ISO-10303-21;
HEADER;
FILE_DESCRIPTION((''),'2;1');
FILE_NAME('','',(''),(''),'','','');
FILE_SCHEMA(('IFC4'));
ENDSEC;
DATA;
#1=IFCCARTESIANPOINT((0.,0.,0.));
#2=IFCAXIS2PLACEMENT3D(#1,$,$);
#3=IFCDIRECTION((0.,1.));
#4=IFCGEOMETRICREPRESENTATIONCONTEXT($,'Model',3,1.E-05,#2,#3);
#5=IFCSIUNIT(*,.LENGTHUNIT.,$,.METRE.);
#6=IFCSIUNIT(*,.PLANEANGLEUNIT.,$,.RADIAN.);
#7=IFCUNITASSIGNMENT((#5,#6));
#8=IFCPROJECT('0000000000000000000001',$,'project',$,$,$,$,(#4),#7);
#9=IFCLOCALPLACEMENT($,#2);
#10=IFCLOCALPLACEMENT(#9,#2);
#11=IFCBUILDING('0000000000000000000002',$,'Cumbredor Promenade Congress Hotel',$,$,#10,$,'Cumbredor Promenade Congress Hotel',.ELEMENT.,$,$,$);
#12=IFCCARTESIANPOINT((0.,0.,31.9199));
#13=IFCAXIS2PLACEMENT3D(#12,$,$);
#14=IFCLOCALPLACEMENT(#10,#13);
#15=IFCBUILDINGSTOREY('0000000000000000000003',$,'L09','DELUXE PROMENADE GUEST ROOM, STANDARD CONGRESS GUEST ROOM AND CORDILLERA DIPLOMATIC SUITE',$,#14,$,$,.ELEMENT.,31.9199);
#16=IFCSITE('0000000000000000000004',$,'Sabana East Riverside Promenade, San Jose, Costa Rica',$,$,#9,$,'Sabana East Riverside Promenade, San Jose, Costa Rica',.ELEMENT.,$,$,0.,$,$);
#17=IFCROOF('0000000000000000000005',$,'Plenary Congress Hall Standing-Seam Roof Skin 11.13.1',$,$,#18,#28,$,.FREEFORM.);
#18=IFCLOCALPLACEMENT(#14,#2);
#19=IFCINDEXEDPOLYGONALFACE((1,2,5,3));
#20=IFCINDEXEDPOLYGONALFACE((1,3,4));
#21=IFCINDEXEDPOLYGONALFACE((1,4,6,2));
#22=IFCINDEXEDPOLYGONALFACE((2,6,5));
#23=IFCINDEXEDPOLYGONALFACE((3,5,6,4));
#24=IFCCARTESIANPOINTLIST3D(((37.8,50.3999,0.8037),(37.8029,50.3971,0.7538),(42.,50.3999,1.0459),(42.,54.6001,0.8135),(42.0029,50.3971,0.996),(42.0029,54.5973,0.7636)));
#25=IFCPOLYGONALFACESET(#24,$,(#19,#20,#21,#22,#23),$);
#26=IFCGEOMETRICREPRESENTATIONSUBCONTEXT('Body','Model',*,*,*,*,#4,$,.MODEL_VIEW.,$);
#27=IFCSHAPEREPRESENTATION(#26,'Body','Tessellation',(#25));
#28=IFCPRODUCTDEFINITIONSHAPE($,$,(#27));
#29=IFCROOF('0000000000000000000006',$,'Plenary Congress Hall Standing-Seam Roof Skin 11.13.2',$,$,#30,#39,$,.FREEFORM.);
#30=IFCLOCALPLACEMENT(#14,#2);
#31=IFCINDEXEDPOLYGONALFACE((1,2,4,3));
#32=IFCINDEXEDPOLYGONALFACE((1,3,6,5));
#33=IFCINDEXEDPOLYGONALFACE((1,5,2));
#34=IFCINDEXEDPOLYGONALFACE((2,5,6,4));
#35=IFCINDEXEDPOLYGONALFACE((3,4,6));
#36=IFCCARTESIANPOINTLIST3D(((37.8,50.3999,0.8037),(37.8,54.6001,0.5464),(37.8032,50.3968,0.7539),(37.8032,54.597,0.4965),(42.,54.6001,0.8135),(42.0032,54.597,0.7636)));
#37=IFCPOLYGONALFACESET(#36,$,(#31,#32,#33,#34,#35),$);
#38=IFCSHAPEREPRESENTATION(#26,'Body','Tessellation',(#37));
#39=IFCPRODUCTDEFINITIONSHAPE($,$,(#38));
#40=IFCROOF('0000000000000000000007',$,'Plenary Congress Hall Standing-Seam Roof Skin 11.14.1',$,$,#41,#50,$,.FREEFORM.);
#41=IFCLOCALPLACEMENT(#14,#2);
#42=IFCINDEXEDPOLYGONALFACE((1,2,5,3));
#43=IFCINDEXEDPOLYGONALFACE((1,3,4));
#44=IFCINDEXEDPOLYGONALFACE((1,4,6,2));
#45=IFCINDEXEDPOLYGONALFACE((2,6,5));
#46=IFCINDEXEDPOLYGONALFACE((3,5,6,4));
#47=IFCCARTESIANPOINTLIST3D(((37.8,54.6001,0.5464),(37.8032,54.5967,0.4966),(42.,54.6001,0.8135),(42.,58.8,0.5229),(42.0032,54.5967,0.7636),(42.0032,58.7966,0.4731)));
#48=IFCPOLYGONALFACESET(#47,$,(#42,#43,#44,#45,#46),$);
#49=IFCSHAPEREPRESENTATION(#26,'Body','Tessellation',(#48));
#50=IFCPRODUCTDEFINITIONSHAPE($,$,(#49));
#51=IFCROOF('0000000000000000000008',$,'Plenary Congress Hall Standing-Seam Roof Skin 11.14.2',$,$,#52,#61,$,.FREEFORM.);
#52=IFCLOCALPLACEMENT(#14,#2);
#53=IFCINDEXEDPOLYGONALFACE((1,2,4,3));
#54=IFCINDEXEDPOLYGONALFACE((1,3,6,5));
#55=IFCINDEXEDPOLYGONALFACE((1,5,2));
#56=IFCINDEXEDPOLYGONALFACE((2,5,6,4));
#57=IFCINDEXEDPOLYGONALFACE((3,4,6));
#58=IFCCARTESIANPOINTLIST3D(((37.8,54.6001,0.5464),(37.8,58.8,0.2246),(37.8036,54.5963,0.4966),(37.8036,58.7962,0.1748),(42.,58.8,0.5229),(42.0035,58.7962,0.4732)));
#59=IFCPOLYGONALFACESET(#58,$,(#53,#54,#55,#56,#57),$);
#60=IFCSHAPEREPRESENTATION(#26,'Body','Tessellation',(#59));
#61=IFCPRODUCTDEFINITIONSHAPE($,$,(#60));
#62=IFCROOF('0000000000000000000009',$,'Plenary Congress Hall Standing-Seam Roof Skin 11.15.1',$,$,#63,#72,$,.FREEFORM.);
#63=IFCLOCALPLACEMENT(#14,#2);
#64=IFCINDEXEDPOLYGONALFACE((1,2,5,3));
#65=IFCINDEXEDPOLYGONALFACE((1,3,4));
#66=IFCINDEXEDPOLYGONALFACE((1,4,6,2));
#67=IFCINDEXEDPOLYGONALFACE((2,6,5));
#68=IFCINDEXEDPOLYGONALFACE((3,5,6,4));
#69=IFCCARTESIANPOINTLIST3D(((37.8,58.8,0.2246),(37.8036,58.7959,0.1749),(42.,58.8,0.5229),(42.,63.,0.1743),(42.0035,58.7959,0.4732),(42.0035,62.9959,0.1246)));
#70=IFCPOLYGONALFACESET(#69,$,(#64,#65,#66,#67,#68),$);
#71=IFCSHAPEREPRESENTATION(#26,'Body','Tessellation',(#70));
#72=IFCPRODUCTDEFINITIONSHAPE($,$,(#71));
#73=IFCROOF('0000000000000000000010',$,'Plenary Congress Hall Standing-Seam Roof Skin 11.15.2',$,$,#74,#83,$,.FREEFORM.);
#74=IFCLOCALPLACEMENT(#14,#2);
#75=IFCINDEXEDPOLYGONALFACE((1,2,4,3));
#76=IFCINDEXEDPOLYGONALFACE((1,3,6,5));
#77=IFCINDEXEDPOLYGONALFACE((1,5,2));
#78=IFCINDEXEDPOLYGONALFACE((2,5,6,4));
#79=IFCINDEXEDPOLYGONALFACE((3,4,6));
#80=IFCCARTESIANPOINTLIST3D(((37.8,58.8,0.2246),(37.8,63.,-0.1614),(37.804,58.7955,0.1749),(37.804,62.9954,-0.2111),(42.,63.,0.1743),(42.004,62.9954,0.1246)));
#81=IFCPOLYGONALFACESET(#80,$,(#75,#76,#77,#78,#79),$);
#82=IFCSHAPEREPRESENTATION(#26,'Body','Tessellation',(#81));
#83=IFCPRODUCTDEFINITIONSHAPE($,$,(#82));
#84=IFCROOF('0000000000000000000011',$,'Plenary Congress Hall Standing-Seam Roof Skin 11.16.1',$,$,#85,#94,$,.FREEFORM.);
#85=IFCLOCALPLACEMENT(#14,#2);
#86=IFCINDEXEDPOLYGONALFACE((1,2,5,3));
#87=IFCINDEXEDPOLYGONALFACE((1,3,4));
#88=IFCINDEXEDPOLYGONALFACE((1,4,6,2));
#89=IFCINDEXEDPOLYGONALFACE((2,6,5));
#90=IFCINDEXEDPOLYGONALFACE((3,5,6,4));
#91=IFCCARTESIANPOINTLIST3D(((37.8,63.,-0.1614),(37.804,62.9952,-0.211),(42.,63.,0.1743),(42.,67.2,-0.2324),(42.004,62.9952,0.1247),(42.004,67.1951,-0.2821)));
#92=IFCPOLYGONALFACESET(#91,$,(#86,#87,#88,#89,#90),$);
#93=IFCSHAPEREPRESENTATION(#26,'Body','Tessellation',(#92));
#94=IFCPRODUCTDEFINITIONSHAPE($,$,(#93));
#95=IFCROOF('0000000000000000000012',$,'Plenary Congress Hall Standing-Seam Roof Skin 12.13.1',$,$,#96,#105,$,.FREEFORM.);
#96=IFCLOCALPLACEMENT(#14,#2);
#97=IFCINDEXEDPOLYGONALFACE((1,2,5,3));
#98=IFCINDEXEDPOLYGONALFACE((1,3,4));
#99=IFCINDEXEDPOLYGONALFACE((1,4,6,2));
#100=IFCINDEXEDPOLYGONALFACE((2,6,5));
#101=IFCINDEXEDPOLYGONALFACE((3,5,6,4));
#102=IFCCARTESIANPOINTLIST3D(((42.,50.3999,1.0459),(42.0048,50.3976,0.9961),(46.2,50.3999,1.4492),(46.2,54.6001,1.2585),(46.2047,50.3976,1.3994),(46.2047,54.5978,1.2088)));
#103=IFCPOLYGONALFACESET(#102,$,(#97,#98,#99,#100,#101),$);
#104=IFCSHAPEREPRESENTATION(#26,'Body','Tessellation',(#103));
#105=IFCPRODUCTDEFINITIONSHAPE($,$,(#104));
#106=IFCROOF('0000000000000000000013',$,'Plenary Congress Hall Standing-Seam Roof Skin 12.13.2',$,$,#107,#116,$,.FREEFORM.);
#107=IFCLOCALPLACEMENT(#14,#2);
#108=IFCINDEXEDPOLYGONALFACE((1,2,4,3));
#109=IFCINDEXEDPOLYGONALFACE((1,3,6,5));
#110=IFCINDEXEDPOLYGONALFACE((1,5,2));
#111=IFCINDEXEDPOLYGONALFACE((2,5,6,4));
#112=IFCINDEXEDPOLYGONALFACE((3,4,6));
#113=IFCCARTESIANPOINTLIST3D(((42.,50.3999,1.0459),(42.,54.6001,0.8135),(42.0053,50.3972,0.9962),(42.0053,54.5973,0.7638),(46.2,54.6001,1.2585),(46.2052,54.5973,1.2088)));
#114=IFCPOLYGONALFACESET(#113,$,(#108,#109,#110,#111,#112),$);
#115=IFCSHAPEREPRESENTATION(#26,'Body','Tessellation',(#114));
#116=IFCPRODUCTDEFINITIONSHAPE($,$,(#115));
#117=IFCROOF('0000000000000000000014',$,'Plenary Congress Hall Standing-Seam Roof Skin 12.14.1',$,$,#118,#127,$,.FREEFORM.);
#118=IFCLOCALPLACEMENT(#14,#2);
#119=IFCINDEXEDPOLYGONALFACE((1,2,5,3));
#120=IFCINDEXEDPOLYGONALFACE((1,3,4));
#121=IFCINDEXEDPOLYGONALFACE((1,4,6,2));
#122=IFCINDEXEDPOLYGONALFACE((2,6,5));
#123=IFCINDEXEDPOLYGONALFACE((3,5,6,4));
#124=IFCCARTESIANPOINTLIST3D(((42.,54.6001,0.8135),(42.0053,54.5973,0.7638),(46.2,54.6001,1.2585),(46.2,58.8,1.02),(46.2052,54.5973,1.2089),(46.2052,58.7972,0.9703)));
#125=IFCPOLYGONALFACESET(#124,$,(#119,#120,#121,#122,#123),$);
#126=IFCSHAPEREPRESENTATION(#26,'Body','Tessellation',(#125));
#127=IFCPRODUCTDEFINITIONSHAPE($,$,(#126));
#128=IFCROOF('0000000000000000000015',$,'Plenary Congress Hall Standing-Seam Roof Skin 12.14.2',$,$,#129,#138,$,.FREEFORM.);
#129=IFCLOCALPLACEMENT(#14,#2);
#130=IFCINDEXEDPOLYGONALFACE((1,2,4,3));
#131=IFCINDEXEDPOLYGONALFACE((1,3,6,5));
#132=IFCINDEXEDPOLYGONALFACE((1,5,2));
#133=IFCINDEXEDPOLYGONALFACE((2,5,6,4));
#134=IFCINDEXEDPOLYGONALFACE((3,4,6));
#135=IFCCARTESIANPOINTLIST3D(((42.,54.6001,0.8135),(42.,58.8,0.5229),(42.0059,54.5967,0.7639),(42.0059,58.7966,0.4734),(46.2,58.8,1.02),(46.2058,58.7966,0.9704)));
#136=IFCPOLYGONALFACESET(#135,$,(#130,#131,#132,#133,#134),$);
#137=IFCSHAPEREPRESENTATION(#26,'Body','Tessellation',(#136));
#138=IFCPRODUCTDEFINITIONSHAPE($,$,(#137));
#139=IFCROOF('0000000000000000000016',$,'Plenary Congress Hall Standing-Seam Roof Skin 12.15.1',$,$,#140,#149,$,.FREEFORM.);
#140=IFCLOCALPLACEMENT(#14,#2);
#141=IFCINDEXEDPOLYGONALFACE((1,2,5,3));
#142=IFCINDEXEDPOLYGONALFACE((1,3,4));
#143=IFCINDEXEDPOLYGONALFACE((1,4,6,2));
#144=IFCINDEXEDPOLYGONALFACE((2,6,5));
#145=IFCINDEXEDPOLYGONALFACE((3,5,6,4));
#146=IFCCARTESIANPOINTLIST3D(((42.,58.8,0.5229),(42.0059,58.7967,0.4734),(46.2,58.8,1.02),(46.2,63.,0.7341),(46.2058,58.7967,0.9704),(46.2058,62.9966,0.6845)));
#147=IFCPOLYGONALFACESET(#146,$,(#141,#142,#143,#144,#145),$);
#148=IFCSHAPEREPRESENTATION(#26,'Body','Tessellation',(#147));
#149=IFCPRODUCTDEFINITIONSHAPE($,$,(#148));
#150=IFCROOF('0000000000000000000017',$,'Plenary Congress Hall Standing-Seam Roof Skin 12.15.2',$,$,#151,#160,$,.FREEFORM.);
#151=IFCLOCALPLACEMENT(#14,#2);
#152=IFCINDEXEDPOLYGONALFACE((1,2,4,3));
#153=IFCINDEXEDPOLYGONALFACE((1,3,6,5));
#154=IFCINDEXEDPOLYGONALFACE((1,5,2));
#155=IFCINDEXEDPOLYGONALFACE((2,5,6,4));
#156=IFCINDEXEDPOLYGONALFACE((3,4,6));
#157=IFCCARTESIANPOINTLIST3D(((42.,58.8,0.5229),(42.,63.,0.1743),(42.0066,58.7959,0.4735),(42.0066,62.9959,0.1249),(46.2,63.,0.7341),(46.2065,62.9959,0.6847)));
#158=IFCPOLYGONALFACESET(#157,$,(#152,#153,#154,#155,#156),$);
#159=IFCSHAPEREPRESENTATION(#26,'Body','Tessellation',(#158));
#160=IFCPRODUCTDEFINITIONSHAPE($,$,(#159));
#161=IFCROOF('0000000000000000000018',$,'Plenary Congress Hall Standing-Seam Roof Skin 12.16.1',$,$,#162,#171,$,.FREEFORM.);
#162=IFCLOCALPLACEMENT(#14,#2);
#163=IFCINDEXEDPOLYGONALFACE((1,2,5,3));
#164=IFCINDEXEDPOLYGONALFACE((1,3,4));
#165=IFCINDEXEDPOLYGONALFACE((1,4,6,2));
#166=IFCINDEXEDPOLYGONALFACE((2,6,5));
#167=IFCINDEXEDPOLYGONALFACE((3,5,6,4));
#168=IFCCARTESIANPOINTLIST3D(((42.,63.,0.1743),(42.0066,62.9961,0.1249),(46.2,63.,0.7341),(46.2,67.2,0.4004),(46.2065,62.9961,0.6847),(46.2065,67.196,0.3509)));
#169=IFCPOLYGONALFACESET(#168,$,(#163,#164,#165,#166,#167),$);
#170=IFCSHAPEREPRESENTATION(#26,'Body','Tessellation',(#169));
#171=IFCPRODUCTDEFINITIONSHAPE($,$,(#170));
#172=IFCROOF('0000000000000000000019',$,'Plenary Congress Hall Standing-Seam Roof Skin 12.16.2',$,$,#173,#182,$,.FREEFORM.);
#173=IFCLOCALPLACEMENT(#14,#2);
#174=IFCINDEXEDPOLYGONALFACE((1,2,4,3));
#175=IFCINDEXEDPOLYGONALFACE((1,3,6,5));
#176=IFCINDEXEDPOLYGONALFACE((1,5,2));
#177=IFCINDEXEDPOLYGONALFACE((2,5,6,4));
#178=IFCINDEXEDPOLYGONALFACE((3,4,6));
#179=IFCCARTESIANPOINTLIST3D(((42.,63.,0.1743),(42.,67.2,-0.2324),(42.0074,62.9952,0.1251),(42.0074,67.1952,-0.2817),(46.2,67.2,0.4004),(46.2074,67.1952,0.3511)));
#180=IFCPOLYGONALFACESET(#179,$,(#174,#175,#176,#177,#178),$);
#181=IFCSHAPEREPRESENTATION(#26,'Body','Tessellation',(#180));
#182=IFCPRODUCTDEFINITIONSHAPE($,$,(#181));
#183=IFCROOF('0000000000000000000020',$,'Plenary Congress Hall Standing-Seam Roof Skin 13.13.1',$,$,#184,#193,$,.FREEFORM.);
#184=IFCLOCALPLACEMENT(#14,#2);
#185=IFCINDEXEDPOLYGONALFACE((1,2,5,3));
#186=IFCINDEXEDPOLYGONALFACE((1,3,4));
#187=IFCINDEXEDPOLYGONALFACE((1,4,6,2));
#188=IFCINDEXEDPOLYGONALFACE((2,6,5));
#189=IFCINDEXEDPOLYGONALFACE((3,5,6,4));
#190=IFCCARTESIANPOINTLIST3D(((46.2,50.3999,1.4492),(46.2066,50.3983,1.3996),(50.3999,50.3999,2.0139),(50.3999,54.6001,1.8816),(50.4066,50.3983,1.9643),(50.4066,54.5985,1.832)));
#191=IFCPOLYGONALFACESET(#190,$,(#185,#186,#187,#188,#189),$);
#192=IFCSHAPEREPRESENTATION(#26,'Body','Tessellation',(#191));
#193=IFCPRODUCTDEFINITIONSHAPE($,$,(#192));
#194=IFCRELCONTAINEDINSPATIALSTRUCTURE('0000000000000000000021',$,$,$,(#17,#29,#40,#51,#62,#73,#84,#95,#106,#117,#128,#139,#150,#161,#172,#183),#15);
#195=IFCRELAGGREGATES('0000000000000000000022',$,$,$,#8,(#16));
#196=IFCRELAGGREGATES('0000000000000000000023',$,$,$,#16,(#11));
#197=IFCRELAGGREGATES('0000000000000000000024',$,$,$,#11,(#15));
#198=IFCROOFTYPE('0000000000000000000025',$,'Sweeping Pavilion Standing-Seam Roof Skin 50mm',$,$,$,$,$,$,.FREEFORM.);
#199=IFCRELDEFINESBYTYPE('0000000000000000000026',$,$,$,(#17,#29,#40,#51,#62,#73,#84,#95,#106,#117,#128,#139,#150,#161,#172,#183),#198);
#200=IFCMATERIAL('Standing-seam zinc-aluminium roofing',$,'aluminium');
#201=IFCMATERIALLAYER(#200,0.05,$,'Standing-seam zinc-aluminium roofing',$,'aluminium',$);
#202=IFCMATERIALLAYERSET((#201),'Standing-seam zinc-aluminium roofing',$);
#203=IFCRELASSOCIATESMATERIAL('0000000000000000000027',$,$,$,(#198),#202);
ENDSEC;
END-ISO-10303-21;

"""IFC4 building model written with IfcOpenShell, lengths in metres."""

from ifc_helpers import new_model, si_unit, direction, frame, origin, place, context, subcontext, project, spatial, polyline, outline, extrude, material, layer, layer_set, type_object, element, save


model = new_model("IFC4")

# Units and contexts
model_context = context("Model", 3, precision=1e-05, world=origin(), true_north=direction((0.0, 1.0)))
body_context = subcontext(model_context, "Body", "Model", "MODEL_VIEW")
ifc_project = project(units=[si_unit("LENGTHUNIT", "METRE"), si_unit("PLANEANGLEUNIT", "RADIAN")], contexts=[model_context])

# Site, building, storey
site_placement = place(None, origin())
site = spatial("IfcSite", under=ifc_project, at=site_placement, Name="Sabana East Riverside Promenade, San Jose, Costa Rica", LongName="Sabana East Riverside Promenade, San Jose, Costa Rica", CompositionType="ELEMENT", RefElevation=0.0)
building_placement = place(site_placement, origin())
building = spatial("IfcBuilding", under=site, at=building_placement, Name="Cumbredor Promenade Congress Hotel", LongName="Cumbredor Promenade Congress Hotel", CompositionType="ELEMENT")
storey_placement = place(building_placement, frame((0.0, 0.0, 31.9199)))
storey = spatial("IfcBuildingStorey", under=building, at=storey_placement, Name="L09", Description="DELUXE PROMENADE GUEST ROOM, STANDARD CONGRESS GUEST ROOM AND CORDILLERA DIPLOMATIC SUITE", CompositionType="ELEMENT", Elevation=31.9199)

# Roofs
ifc_material_1 = material(Name="Standing-seam zinc-aluminium roofing", Category="aluminium")
ifc_layer_1 = layer(ifc_material_1, 0.05, Name="Standing-seam zinc-aluminium roofing", Category="aluminium")
ifc_layer_set_1 = layer_set([ifc_layer_1], Name="Standing-seam zinc-aluminium roofing")
roof_type = type_object("IfcRoofType", Name="Sweeping Pavilion Standing-Seam Roof Skin 50mm", PredefinedType="FREEFORM", material=ifc_layer_set_1)
roof_1_placement = place(storey_placement, frame((37.8, 50.3999, 0.8037), z_axis=(-0.057481, 0.05516, 0.996822), x_axis=(0.998342, 0.0, 0.057569)))
element("IfcRoof", 1, at=roof_1_placement, inside=storey, type_object=roof_type, Name="Plenary Congress Hall Standing-Seam Roof Skin 11.13.1", PredefinedType="FREEFORM", context=body_context, shape_type="SweptSolid", body=[
    extrude(outline(polyline([(0.0, 0.0), (4.2069, 0.0), (4.1935, 4.2066), (0.0, 0.0)])), origin(), (0.0, 0.0, -1.0), 0.05),
])
roof_2_placement = place(storey_placement, frame((37.8, 50.3999, 0.8037), z_axis=(-0.063347, 0.061027, 0.996124), x_axis=(0.707085, 0.707126, 0.001644)))
element("IfcRoof", 2, at=roof_2_placement, inside=storey, type_object=roof_type, Name="Plenary Congress Hall Standing-Seam Roof Skin 11.13.2", PredefinedType="FREEFORM", context=body_context, shape_type="SweptSolid", body=[
    extrude(outline(polyline([(0.0, 0.0), (5.9398, 0.0), (2.9696, 2.9815), (0.0, 0.0)])), origin(), (0.0, 0.0, -1.0), 0.05),
])
roof_3_placement = place(storey_placement, frame((37.8, 54.6001, 0.5464), z_axis=(-0.063315, 0.068871, 0.995614), x_axis=(0.997984, 0.0, 0.063465)))
element("IfcRoof", 3, at=roof_3_placement, inside=storey, type_object=roof_type, Name="Plenary Congress Hall Standing-Seam Roof Skin 11.14.1", PredefinedType="FREEFORM", context=body_context, shape_type="SweptSolid", body=[
    extrude(outline(polyline([(0.0, 0.0), (4.2084, 0.0), (4.19, 4.2099), (0.0, 0.0)])), origin(), (0.0, 0.0, -1.0), 0.05),
])
roof_4_placement = place(storey_placement, frame((37.8, 54.6001, 0.5464), z_axis=(-0.07065, 0.0762, 0.994586), x_axis=(0.707101, 0.707101, -0.003946)))
element("IfcRoof", 4, at=roof_4_placement, inside=storey, type_object=roof_type, Name="Plenary Congress Hall Standing-Seam Roof Skin 11.14.2", PredefinedType="FREEFORM", context=body_context, shape_type="SweptSolid", body=[
    extrude(outline(polyline([(0.0, 0.0), (5.9397, 0.0), (2.9711, 2.986), (0.0, 0.0)])), origin(), (0.0, 0.0, -1.0), 0.05),
])
roof_5_placement = place(storey_placement, frame((37.8, 58.8, 0.2246), z_axis=(-0.070614, 0.082518, 0.994085), x_axis=(0.997487, 0.0, 0.070856)))
element("IfcRoof", 5, at=roof_5_placement, inside=storey, type_object=roof_type, Name="Plenary Congress Hall Standing-Seam Roof Skin 11.15.1", PredefinedType="FREEFORM", context=body_context, shape_type="SweptSolid", body=[
    extrude(outline(polyline([(0.0, 0.0), (4.2105, 0.0), (4.1858, 4.2143), (0.0, 0.0)])), origin(), (0.0, 0.0, -1.0), 0.05),
])
roof_6_placement = place(storey_placement, frame((37.8, 58.8, 0.2246), z_axis=(-0.079342, 0.091228, 0.992664), x_axis=(0.707081, 0.707081, -0.008467)))
element("IfcRoof", 6, at=roof_6_placement, inside=storey, type_object=roof_type, Name="Plenary Congress Hall Standing-Seam Roof Skin 11.15.2", PredefinedType="FREEFORM", context=body_context, shape_type="SweptSolid", body=[
    extrude(outline(polyline([(0.0, 0.0), (5.9398, 0.0), (2.973, 2.9917), (0.0, 0.0)])), origin(), (0.0, 0.0, -1.0), 0.05),
])
roof_7_placement = place(storey_placement, frame((37.8, 63.0, -0.1614), z_axis=(-0.079305, 0.096089, 0.992208), x_axis=(0.996821, 0.0, 0.079674)))
element("IfcRoof", 7, at=roof_7_placement, inside=storey, type_object=roof_type, Name="Plenary Congress Hall Standing-Seam Roof Skin 11.16.1", PredefinedType="FREEFORM", context=body_context, shape_type="SweptSolid", body=[
    extrude(outline(polyline([(0.0, 0.0), (4.2133, 0.0), (4.1809, 4.2195), (0.0, 0.0)])), origin(), (0.0, 0.0, -1.0), 0.05),
])
roof_8_placement = place(storey_placement, frame((42.0, 50.3999, 1.0459), z_axis=(-0.095493, 0.045142, 0.994406), x_axis=(0.995421, 0.0, 0.09559)))
element("IfcRoof", 8, at=roof_8_placement, inside=storey, type_object=roof_type, Name="Plenary Congress Hall Standing-Seam Roof Skin 12.13.1", PredefinedType="FREEFORM", context=body_context, shape_type="SweptSolid", body=[
    extrude(outline(polyline([(0.0, 0.0), (4.2193, 0.0), (4.201, 4.2045), (0.0, 0.0)])), origin(), (0.0, 0.0, -1.0), 0.05),
])
roof_9_placement = place(storey_placement, frame((42.0, 50.3999, 1.0459), z_axis=(-0.105221, 0.054945, 0.99293), x_axis=(0.706634, 0.706675, 0.035777)))
element("IfcRoof", 9, at=roof_9_placement, inside=storey, type_object=roof_type, Name="Plenary Congress Hall Standing-Seam Roof Skin 12.13.2", PredefinedType="FREEFORM", context=body_context, shape_type="SweptSolid", body=[
    extrude(outline(polyline([(0.0, 0.0), (5.9436, 0.0), (2.9599, 2.9891), (0.0, 0.0)])), origin(), (0.0, 0.0, -1.0), 0.05),
])
roof_10_placement = place(storey_placement, frame((42.0, 54.6001, 0.8135), z_axis=(-0.105212, 0.056386, 0.99285), x_axis=(0.994432, 0.0, 0.10538)))
element("IfcRoof", 10, at=roof_10_placement, inside=storey, type_object=roof_type, Name="Plenary Congress Hall Standing-Seam Roof Skin 12.14.1", PredefinedType="FREEFORM", context=body_context, shape_type="SweptSolid", body=[
    extrude(outline(polyline([(0.0, 0.0), (4.2235, 0.0), (4.1983, 4.2066), (0.0, 0.0)])), origin(), (0.0, 0.0, -1.0), 0.05),
])
roof_11_placement = place(storey_placement, frame((42.0, 54.6001, 0.8135), z_axis=(-0.117255, 0.068533, 0.990734), x_axis=(0.70668, 0.70668, 0.034753)))
element("IfcRoof", 11, at=roof_11_placement, inside=storey, type_object=roof_type, Name="Plenary Congress Hall Standing-Seam Roof Skin 12.14.2", PredefinedType="FREEFORM", context=body_context, shape_type="SweptSolid", body=[
    extrude(outline(polyline([(0.0, 0.0), (5.9432, 0.0), (2.9579, 2.9958), (0.0, 0.0)])), origin(), (0.0, 0.0, -1.0), 0.05),
])
roof_12_placement = place(storey_placement, frame((42.0, 58.8, 0.5229), z_axis=(-0.117264, 0.067444, 0.990808), x_axis=(0.993069, 0.0, 0.117531)))
element("IfcRoof", 12, at=roof_12_placement, inside=storey, type_object=roof_type, Name="Plenary Congress Hall Standing-Seam Roof Skin 12.15.1", PredefinedType="FREEFORM", context=body_context, shape_type="SweptSolid", body=[
    extrude(outline(polyline([(0.0, 0.0), (4.2293, 0.0), (4.1957, 4.2095), (0.0, 0.0)])), origin(), (0.0, 0.0, -1.0), 0.05),
])
roof_13_placement = place(storey_placement, frame((42.0, 58.8, 0.5229), z_axis=(-0.131677, 0.082004, 0.987895), x_axis=(0.70666, 0.70666, 0.035532)))
element("IfcRoof", 13, at=roof_13_placement, inside=storey, type_object=roof_type, Name="Plenary Congress Hall Standing-Seam Roof Skin 12.15.2", PredefinedType="FREEFORM", context=body_context, shape_type="SweptSolid", body=[
    extrude(outline(polyline([(0.0, 0.0), (5.9434, 0.0), (2.9556, 3.0043), (0.0, 0.0)])), origin(), (0.0, 0.0, -1.0), 0.05),
])
roof_14_placement = place(storey_placement, frame((42.0, 63.0, 0.1743), z_axis=(-0.131714, 0.078523, 0.988173), x_axis=(0.991233, 0.0, 0.132122)))
element("IfcRoof", 14, at=roof_14_placement, inside=storey, type_object=roof_type, Name="Plenary Congress Hall Standing-Seam Roof Skin 12.16.1", PredefinedType="FREEFORM", context=body_context, shape_type="SweptSolid", body=[
    extrude(outline(polyline([(0.0, 0.0), (4.2371, 0.0), (4.193, 4.213), (0.0, 0.0)])), origin(), (0.0, 0.0, -1.0), 0.05),
])
roof_15_placement = place(storey_placement, frame((42.0, 63.0, 0.1743), z_axis=(-0.148311, 0.095327, 0.984336), x_axis=(0.706595, 0.706595, 0.038034)))
element("IfcRoof", 15, at=roof_15_placement, inside=storey, type_object=roof_type, Name="Plenary Congress Hall Standing-Seam Roof Skin 12.16.2", PredefinedType="FREEFORM", context=body_context, shape_type="SweptSolid", body=[
    extrude(outline(polyline([(0.0, 0.0), (5.9439, 0.0), (2.9522, 3.0149), (0.0, 0.0)])), origin(), (0.0, 0.0, -1.0), 0.05),
])
roof_16_placement = place(storey_placement, frame((46.2, 50.3999, 1.4492), z_axis=(-0.133189, 0.031208, 0.990599), x_axis=(0.991082, 0.0, 0.133254)))
element("IfcRoof", 16, at=roof_16_placement, inside=storey, type_object=roof_type, Name="Plenary Congress Hall Standing-Seam Roof Skin 13.13.1", PredefinedType="FREEFORM", context=body_context, shape_type="SweptSolid", body=[
    extrude(outline(polyline([(0.0, 0.0), (4.2377, 0.0), (4.2201, 4.2022), (0.0, 0.0)])), origin(), (0.0, 0.0, -1.0), 0.05),
])

save(model, "model.ifc")
